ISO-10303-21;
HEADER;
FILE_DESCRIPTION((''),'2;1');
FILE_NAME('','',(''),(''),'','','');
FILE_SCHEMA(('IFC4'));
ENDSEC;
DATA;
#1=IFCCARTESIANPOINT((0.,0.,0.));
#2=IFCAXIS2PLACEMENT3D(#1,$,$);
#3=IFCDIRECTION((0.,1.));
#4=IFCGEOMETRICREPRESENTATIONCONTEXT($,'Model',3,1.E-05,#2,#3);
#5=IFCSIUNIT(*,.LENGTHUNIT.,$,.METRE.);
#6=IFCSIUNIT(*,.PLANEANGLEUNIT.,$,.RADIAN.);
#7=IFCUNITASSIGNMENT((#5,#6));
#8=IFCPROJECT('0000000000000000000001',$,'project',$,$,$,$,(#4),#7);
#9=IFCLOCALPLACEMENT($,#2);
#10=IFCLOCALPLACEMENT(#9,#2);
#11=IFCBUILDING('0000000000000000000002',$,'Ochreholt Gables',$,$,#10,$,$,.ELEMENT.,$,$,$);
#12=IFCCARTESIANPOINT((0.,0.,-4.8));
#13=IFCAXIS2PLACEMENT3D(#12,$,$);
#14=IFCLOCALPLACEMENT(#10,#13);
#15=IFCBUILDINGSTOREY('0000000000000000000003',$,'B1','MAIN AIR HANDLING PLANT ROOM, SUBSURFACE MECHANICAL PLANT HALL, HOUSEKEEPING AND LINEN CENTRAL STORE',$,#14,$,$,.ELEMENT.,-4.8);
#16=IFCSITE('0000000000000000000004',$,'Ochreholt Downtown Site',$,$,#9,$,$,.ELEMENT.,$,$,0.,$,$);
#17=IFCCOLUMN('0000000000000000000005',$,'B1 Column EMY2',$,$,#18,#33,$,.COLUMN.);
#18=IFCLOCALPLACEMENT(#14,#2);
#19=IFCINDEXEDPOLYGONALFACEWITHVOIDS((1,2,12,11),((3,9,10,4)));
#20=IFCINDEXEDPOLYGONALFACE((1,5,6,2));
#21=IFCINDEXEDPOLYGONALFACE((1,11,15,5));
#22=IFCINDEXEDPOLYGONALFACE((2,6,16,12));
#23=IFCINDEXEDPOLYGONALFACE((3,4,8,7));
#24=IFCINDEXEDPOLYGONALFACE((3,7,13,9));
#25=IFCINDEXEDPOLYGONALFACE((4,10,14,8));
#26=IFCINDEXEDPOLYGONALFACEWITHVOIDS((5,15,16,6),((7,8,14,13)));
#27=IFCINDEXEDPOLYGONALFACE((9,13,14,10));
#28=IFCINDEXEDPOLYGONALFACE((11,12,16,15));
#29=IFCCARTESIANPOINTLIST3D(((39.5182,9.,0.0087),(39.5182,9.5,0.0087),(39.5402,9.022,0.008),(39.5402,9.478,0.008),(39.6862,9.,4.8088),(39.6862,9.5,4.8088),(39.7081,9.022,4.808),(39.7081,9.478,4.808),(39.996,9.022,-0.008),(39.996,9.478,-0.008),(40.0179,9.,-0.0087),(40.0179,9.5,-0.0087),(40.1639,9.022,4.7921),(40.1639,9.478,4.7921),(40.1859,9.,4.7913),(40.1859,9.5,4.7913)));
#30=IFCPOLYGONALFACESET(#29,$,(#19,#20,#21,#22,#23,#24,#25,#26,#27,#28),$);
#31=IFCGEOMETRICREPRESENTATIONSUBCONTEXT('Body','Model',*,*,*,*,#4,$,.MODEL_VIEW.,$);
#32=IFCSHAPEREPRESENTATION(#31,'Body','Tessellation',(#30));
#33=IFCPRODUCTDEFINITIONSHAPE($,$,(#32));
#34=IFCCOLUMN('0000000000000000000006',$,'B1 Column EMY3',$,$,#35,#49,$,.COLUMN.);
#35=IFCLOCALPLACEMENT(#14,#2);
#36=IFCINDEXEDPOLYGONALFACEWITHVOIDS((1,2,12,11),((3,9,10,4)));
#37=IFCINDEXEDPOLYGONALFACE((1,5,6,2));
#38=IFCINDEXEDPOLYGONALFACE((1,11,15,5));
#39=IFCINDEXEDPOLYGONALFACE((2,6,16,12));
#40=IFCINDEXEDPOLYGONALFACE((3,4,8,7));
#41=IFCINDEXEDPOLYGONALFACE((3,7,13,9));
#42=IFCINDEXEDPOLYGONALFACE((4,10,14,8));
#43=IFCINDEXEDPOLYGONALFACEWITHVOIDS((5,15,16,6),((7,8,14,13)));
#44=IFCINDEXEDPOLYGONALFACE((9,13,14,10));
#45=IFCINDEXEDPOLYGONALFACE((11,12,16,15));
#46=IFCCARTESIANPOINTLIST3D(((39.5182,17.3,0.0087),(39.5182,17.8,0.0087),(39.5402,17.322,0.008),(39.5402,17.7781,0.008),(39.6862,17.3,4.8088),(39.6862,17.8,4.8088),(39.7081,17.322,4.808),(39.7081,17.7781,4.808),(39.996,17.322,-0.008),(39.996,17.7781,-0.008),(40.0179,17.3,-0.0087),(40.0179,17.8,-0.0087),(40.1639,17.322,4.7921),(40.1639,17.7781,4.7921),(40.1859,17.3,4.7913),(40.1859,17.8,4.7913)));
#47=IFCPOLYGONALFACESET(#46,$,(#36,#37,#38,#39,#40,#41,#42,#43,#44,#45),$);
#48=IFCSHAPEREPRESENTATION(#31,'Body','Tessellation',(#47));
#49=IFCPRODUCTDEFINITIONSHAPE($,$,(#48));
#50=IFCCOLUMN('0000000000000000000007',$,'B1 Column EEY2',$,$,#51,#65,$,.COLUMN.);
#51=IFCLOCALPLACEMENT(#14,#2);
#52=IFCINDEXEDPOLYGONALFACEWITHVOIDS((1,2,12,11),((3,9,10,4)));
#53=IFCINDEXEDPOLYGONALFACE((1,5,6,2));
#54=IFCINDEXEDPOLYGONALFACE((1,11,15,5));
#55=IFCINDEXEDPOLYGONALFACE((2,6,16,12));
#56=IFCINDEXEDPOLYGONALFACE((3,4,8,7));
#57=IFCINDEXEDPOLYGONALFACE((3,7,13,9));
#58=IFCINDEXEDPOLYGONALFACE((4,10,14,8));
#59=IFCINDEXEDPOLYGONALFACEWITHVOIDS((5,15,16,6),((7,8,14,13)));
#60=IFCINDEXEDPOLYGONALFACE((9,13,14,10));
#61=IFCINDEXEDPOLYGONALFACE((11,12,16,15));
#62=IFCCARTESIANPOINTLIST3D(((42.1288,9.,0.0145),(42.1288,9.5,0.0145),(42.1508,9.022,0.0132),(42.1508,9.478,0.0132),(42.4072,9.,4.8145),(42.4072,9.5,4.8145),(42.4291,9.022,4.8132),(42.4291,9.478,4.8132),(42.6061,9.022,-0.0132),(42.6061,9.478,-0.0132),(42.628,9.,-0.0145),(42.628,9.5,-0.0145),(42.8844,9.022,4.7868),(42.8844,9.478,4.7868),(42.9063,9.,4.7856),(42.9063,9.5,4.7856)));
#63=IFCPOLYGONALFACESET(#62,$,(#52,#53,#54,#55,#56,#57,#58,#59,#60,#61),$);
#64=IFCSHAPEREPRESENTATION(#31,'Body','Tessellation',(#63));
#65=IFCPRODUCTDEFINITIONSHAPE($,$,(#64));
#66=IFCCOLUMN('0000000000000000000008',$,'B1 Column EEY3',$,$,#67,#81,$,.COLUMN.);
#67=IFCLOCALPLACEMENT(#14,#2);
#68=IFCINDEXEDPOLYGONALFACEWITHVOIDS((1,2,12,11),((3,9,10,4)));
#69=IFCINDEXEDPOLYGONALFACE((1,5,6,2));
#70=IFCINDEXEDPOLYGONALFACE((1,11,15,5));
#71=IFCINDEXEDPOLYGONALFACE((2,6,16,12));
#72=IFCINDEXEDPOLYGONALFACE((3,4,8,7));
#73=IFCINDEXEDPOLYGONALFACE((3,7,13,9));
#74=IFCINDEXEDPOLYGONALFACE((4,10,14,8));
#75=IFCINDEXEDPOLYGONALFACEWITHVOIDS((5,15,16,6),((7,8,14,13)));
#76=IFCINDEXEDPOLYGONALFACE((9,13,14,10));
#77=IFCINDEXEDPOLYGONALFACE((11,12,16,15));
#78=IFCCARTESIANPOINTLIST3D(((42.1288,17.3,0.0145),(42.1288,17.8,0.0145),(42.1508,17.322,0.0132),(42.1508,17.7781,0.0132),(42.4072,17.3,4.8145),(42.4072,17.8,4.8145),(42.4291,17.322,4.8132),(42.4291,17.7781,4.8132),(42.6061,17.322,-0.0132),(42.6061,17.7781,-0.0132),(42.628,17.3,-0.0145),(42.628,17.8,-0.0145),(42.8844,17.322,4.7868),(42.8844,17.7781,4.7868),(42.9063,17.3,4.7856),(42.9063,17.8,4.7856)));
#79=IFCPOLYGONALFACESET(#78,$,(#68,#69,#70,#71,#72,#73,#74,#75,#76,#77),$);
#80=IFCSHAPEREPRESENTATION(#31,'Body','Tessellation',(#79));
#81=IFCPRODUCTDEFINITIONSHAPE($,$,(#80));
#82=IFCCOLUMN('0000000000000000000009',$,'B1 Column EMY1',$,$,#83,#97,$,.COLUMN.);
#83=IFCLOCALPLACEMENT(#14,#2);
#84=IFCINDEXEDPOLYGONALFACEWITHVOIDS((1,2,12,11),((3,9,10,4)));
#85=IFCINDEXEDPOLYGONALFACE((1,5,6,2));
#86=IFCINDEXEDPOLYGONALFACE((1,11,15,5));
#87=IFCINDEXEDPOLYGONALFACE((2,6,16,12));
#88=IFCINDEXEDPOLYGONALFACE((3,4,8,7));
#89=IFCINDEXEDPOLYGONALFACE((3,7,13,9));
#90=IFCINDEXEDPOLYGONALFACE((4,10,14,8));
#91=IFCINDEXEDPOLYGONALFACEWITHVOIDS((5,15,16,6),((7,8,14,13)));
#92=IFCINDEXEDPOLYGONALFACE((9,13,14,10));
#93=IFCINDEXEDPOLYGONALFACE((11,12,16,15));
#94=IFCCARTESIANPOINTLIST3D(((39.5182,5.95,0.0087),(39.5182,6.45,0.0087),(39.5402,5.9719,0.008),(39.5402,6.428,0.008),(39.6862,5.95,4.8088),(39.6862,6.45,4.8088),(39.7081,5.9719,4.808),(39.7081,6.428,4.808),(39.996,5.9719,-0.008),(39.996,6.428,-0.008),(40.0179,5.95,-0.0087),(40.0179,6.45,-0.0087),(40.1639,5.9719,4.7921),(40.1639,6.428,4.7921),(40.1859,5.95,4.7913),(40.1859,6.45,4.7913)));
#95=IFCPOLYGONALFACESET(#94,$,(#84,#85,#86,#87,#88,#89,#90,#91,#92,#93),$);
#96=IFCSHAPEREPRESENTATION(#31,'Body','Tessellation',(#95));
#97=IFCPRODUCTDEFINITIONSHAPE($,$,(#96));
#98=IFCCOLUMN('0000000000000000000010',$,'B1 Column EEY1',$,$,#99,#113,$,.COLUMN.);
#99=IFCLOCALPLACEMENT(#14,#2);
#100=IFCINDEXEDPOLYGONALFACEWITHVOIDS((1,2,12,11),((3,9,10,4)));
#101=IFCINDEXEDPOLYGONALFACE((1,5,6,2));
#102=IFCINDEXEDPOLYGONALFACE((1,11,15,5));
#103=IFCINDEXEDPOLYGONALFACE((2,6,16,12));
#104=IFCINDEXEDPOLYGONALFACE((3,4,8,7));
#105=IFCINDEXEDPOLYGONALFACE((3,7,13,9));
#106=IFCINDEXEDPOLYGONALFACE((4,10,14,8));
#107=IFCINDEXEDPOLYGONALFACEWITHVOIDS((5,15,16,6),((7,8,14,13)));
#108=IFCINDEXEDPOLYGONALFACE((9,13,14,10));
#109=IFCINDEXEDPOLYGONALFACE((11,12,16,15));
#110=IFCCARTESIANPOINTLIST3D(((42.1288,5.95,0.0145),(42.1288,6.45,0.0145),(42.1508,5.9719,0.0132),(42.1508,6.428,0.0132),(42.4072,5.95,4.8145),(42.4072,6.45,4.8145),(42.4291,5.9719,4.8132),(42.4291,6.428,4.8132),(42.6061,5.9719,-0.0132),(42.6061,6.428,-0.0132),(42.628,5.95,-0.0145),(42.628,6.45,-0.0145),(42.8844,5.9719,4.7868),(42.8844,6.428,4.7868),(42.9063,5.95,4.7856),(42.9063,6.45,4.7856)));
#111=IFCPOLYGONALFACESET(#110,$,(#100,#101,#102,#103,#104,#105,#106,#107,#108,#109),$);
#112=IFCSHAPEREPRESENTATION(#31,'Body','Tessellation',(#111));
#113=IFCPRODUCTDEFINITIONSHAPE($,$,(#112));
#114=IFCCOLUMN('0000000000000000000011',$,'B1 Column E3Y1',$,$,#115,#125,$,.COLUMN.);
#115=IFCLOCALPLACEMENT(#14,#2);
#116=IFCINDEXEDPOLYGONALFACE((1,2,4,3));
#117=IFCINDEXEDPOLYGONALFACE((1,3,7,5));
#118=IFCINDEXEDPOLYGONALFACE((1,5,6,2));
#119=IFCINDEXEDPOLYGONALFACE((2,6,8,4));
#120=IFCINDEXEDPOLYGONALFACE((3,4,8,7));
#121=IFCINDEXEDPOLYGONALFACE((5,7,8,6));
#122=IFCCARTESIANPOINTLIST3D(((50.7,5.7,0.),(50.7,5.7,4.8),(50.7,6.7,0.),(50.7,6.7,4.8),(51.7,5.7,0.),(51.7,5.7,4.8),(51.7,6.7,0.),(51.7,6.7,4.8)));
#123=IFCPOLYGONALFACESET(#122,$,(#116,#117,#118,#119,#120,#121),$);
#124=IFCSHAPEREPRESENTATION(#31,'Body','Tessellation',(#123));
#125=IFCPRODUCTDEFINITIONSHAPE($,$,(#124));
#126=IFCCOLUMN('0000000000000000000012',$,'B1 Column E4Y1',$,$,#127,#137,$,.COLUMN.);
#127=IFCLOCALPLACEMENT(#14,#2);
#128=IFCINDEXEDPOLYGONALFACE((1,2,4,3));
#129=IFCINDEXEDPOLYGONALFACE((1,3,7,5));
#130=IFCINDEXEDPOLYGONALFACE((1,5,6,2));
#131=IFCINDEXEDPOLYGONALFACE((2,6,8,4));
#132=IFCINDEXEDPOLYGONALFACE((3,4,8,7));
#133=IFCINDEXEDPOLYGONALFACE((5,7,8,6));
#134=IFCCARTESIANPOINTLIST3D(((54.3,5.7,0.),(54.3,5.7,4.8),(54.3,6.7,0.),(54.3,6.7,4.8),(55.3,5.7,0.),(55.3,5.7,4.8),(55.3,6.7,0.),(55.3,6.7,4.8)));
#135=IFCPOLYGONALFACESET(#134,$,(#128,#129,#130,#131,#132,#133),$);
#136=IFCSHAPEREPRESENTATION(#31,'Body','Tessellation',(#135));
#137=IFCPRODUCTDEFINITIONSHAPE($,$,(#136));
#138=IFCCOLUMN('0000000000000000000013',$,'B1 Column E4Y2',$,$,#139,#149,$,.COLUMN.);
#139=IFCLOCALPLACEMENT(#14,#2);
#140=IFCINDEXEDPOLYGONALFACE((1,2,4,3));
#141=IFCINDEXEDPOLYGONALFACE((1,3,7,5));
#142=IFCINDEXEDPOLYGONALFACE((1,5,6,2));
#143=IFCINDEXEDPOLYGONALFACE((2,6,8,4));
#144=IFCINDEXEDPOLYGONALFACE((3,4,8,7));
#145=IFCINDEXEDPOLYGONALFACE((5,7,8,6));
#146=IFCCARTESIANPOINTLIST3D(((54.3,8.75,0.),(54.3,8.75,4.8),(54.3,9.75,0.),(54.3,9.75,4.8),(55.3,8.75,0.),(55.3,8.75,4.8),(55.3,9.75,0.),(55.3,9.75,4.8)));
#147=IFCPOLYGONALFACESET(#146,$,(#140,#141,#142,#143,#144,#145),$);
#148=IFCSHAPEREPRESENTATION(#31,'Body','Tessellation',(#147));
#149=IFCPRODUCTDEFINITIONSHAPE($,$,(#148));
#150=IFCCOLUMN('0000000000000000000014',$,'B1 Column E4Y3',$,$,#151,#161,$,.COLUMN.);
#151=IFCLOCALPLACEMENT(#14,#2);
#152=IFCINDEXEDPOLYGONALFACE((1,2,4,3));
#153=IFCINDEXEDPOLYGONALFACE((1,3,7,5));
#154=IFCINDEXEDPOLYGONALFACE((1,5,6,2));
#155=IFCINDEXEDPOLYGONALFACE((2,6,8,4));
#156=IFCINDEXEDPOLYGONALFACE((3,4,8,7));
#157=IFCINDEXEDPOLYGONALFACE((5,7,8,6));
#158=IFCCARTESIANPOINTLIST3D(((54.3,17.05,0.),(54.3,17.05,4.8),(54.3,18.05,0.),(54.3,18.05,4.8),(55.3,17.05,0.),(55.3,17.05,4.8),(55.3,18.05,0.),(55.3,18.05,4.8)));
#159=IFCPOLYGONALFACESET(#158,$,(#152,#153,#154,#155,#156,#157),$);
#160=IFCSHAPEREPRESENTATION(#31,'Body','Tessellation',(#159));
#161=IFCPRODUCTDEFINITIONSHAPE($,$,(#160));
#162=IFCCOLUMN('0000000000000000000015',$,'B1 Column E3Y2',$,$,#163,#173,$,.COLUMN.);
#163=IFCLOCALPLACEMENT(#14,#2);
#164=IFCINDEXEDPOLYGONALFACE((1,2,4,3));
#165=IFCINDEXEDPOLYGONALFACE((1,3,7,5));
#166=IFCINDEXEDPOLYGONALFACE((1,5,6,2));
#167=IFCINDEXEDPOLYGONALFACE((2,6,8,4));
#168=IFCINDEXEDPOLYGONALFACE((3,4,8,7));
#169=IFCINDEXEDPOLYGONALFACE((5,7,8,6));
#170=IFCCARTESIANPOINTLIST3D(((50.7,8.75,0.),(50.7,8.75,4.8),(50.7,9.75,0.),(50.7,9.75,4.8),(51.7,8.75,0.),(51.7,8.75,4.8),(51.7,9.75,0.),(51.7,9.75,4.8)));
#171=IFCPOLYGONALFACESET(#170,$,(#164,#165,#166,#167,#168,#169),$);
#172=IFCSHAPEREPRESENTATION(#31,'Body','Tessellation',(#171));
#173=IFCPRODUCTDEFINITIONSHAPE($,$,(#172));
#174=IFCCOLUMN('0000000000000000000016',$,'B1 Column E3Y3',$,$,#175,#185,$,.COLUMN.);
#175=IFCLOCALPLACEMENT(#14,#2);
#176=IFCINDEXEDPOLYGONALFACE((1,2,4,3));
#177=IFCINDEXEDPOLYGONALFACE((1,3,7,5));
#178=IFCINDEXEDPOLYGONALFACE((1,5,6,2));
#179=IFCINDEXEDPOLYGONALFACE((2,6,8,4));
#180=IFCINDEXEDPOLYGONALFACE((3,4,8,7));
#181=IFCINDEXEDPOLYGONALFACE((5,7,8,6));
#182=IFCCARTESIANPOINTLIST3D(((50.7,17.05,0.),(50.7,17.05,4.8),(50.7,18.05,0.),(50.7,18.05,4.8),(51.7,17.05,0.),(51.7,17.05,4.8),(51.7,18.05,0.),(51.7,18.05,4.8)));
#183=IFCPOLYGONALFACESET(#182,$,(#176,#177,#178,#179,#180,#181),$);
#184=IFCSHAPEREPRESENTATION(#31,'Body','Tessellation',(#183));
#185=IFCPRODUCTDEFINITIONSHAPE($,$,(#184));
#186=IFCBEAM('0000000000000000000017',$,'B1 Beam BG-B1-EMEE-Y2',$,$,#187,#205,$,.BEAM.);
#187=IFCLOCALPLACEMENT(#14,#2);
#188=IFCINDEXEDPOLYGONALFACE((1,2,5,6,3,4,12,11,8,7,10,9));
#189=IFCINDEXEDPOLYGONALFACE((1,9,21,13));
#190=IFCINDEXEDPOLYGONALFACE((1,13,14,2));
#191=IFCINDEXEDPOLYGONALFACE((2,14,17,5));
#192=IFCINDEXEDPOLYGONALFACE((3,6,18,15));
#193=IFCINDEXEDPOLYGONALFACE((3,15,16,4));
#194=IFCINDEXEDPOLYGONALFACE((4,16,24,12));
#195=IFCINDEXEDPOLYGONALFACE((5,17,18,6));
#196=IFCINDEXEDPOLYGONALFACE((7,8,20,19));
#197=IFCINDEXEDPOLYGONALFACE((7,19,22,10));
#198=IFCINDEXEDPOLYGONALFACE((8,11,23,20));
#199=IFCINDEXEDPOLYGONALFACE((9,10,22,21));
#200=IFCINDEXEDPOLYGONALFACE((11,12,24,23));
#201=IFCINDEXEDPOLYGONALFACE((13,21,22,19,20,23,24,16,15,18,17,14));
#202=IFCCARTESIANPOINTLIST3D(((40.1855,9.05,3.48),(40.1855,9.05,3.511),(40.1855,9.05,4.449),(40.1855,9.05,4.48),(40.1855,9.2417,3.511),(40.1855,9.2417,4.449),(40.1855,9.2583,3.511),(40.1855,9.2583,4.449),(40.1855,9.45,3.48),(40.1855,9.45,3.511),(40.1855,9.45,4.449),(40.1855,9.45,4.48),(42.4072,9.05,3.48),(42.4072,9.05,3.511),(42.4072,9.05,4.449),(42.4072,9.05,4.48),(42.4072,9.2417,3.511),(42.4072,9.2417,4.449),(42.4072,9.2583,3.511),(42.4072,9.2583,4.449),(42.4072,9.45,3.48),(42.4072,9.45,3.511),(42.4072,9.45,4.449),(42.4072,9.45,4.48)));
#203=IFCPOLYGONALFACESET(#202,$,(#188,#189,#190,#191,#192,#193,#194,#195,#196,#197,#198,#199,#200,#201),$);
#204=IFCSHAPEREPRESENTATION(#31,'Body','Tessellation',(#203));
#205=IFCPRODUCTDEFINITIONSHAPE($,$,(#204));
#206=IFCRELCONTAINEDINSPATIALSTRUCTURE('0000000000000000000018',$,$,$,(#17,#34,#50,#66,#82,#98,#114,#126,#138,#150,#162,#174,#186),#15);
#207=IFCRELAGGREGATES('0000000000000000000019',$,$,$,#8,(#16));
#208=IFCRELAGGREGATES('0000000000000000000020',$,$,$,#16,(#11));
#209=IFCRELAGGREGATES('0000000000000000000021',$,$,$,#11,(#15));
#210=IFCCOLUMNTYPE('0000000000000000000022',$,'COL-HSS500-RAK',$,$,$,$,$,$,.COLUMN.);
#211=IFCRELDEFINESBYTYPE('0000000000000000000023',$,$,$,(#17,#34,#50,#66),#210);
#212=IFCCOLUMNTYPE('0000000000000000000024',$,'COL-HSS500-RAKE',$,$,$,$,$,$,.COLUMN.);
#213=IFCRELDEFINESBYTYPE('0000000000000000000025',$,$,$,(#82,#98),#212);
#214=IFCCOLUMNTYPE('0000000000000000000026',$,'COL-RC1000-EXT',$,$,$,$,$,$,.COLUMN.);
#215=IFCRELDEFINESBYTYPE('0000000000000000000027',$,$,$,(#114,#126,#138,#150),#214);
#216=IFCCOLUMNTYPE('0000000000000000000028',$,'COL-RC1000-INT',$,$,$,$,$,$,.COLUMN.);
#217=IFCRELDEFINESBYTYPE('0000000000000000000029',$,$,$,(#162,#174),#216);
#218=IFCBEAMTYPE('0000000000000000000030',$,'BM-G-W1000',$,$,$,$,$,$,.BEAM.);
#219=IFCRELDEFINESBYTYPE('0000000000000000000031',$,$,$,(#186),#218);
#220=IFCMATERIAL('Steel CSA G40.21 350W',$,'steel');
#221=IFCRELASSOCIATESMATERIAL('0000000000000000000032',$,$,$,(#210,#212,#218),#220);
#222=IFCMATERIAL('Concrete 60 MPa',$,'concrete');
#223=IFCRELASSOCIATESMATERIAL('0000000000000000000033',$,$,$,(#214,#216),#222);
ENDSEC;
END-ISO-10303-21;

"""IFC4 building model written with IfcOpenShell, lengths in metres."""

from ifc_helpers import new_model, si_unit, direction, frame, origin, origin_2d, place, context, subcontext, project, spatial, rectangle, hollow_rectangle, i_section, extrude, material, material_profile, profile_set, type_object, element, save


model = new_model("IFC4")

# Units and contexts
model_context = context("Model", 3, precision=1e-05, world=origin(), true_north=direction((0.0, 1.0)))
body_context = subcontext(model_context, "Body", "Model", "MODEL_VIEW")
ifc_project = project(units=[si_unit("LENGTHUNIT", "METRE"), si_unit("PLANEANGLEUNIT", "RADIAN")], contexts=[model_context])

# Site, building, storey
site_placement = place(None, origin())
site = spatial("IfcSite", under=ifc_project, at=site_placement, Name="Ochreholt Downtown Site", CompositionType="ELEMENT", RefElevation=0.0)
building_placement = place(site_placement, origin())
building = spatial("IfcBuilding", under=site, at=building_placement, Name="Ochreholt Gables", CompositionType="ELEMENT")
storey_placement = place(building_placement, frame((0.0, 0.0, -4.8)))
storey = spatial("IfcBuildingStorey", under=building, at=storey_placement, Name="B1", Description="MAIN AIR HANDLING PLANT ROOM, SUBSURFACE MECHANICAL PLANT HALL, HOUSEKEEPING AND LINEN CENTRAL STORE", CompositionType="ELEMENT", Elevation=-4.8)

# Columns
ifc_material_1 = material(Name="Steel CSA G40.21 350W", Category="steel")
ifc_material_profile_1 = material_profile(ifc_material_1, hollow_rectangle(XDim=0.5, YDim=0.5, WallThickness=0.022, at=origin_2d()), Name="HSS500X500X22")
ifc_profile_set_1 = profile_set([ifc_material_profile_1], Name="Steel CSA G40.21 350W")
column_type_1 = type_object("IfcColumnType", Name="COL-HSS500-RAK", PredefinedType="COLUMN", material=ifc_profile_set_1)
for number, where, z_axis, x_axis, name in (
    (1, (39.7681, 9.25, 0.0), (0.034972, 0.0, 0.999388), (0.0, 1.0, 0.0), "B1 Column EMY2"),
    (2, (39.7681, 17.55, 0.0), (0.034972, 0.0, 0.999388), (0.0, 1.0, 0.0), "B1 Column EMY3"),
):
    element("IfcColumn", number, at=place(storey_placement, frame(where, z_axis=z_axis, x_axis=x_axis)), inside=storey, type_object=column_type_1, Name=name, PredefinedType="COLUMN", context=body_context, shape_type="SweptSolid", body=[
        extrude(hollow_rectangle(XDim=0.5, YDim=0.5, WallThickness=0.022, at=origin_2d()), origin(), (0.0, 0.0, 1.0), 4.803),
    ])
for number, where, z_axis, x_axis, name in (
    (3, (42.3784, 9.25, 0.0), (0.057886, 0.0, 0.998323), (0.0, 1.0, 0.0), "B1 Column EEY2"),
    (4, (42.3784, 17.55, 0.0), (0.057886, 0.0, 0.998323), (0.0, 1.0, 0.0), "B1 Column EEY3"),
):
    element("IfcColumn", number, at=place(storey_placement, frame(where, z_axis=z_axis, x_axis=x_axis)), inside=storey, type_object=column_type_1, Name=name, PredefinedType="COLUMN", context=body_context, shape_type="SweptSolid", body=[
        extrude(hollow_rectangle(XDim=0.5, YDim=0.5, WallThickness=0.022, at=origin_2d()), origin(), (0.0, 0.0, 1.0), 4.8081),
    ])
ifc_material_profile_2 = material_profile(ifc_material_1, hollow_rectangle(XDim=0.5, YDim=0.5, WallThickness=0.022, at=origin_2d()), Name="HSS500X500X22")
ifc_profile_set_2 = profile_set([ifc_material_profile_2], Name="Steel CSA G40.21 350W")
column_type_2 = type_object("IfcColumnType", Name="COL-HSS500-RAKE", PredefinedType="COLUMN", material=ifc_profile_set_2)
column_1_placement = place(storey_placement, frame((39.7681, 6.2, 0.0), z_axis=(0.034972, 0.0, 0.999388), x_axis=(0.0, 1.0, 0.0)))
element("IfcColumn", 5, at=column_1_placement, inside=storey, type_object=column_type_2, Name="B1 Column EMY1", PredefinedType="COLUMN", context=body_context, shape_type="SweptSolid", body=[
    extrude(hollow_rectangle(XDim=0.5, YDim=0.5, WallThickness=0.022, at=origin_2d()), origin(), (0.0, 0.0, 1.0), 4.803),
])
column_2_placement = place(storey_placement, frame((42.3784, 6.2, 0.0), z_axis=(0.057886, 0.0, 0.998323), x_axis=(0.0, 1.0, 0.0)))
element("IfcColumn", 6, at=column_2_placement, inside=storey, type_object=column_type_2, Name="B1 Column EEY1", PredefinedType="COLUMN", context=body_context, shape_type="SweptSolid", body=[
    extrude(hollow_rectangle(XDim=0.5, YDim=0.5, WallThickness=0.022, at=origin_2d()), origin(), (0.0, 0.0, 1.0), 4.8081),
])
ifc_material_2 = material(Name="Concrete 60 MPa", Category="concrete")
ifc_material_profile_3 = material_profile(ifc_material_2, rectangle(XDim=1.0, YDim=1.0, at=origin_2d()), Name="RC1000X1000")
ifc_profile_set_3 = profile_set([ifc_material_profile_3], Name="Concrete 60 MPa")
column_type_3 = type_object("IfcColumnType", Name="COL-RC1000-EXT", PredefinedType="COLUMN", material=ifc_profile_set_3)
for number, where, z_axis, x_axis, name in (
    (7, (51.2, 6.2, 0.0), (0.0, 0.0, 1.0), (1.0, 0.0, 0.0), "B1 Column E3Y1"),
    (8, (54.8, 6.2, 0.0), (0.0, 0.0, 1.0), (1.0, 0.0, 0.0), "B1 Column E4Y1"),
    (9, (54.8, 9.25, 0.0), (0.0, 0.0, 1.0), (1.0, 0.0, 0.0), "B1 Column E4Y2"),
    (10, (54.8, 17.55, 0.0), (0.0, 0.0, 1.0), (1.0, 0.0, 0.0), "B1 Column E4Y3"),
):
    element("IfcColumn", number, at=place(storey_placement, frame(where, z_axis=z_axis, x_axis=x_axis)), inside=storey, type_object=column_type_3, Name=name, PredefinedType="COLUMN", context=body_context, shape_type="SweptSolid", body=[
        extrude(rectangle(XDim=1.0, YDim=1.0, at=origin_2d()), origin(), (0.0, 0.0, 1.0), 4.8),
    ])
ifc_material_profile_4 = material_profile(ifc_material_2, rectangle(XDim=1.0, YDim=1.0, at=origin_2d()), Name="RC1000X1000")
ifc_profile_set_4 = profile_set([ifc_material_profile_4], Name="Concrete 60 MPa")
column_type_4 = type_object("IfcColumnType", Name="COL-RC1000-INT", PredefinedType="COLUMN", material=ifc_profile_set_4)
for number, where, z_axis, x_axis, name in (
    (11, (51.2, 9.25, 0.0), (0.0, 0.0, 1.0), (1.0, 0.0, 0.0), "B1 Column E3Y2"),
    (12, (51.2, 17.55, 0.0), (0.0, 0.0, 1.0), (1.0, 0.0, 0.0), "B1 Column E3Y3"),
):
    element("IfcColumn", number, at=place(storey_placement, frame(where, z_axis=z_axis, x_axis=x_axis)), inside=storey, type_object=column_type_4, Name=name, PredefinedType="COLUMN", context=body_context, shape_type="SweptSolid", body=[
        extrude(rectangle(XDim=1.0, YDim=1.0, at=origin_2d()), origin(), (0.0, 0.0, 1.0), 4.8),
    ])

# Beam
ifc_material_profile_5 = material_profile(ifc_material_1, i_section(OverallWidth=0.3999, OverallDepth=1.0, WebThickness=0.0166, FlangeThickness=0.031, at=origin_2d()), Name="W1000X321")
ifc_profile_set_5 = profile_set([ifc_material_profile_5], Name="Steel CSA G40.21 350W")
beam_type_1 = type_object("IfcBeamType", Name="BM-G-W1000", PredefinedType="BEAM", material=ifc_profile_set_5)
beam_1_placement = place(storey_placement, frame((40.1855, 9.25, 3.98), z_axis=(1.0, 0.0, 0.0), x_axis=(0.0, 1.0, 0.0)))
element("IfcBeam", 13, at=beam_1_placement, inside=storey, type_object=beam_type_1, Name="B1 Beam BG-B1-EMEE-Y2", PredefinedType="BEAM", context=body_context, shape_type="SweptSolid", body=[
    extrude(i_section(OverallWidth=0.3999, OverallDepth=1.0, WebThickness=0.0166, FlangeThickness=0.031, at=origin_2d()), origin(), (0.0, 0.0, 1.0), 2.2217),
])

save(model, "model.ifc")
